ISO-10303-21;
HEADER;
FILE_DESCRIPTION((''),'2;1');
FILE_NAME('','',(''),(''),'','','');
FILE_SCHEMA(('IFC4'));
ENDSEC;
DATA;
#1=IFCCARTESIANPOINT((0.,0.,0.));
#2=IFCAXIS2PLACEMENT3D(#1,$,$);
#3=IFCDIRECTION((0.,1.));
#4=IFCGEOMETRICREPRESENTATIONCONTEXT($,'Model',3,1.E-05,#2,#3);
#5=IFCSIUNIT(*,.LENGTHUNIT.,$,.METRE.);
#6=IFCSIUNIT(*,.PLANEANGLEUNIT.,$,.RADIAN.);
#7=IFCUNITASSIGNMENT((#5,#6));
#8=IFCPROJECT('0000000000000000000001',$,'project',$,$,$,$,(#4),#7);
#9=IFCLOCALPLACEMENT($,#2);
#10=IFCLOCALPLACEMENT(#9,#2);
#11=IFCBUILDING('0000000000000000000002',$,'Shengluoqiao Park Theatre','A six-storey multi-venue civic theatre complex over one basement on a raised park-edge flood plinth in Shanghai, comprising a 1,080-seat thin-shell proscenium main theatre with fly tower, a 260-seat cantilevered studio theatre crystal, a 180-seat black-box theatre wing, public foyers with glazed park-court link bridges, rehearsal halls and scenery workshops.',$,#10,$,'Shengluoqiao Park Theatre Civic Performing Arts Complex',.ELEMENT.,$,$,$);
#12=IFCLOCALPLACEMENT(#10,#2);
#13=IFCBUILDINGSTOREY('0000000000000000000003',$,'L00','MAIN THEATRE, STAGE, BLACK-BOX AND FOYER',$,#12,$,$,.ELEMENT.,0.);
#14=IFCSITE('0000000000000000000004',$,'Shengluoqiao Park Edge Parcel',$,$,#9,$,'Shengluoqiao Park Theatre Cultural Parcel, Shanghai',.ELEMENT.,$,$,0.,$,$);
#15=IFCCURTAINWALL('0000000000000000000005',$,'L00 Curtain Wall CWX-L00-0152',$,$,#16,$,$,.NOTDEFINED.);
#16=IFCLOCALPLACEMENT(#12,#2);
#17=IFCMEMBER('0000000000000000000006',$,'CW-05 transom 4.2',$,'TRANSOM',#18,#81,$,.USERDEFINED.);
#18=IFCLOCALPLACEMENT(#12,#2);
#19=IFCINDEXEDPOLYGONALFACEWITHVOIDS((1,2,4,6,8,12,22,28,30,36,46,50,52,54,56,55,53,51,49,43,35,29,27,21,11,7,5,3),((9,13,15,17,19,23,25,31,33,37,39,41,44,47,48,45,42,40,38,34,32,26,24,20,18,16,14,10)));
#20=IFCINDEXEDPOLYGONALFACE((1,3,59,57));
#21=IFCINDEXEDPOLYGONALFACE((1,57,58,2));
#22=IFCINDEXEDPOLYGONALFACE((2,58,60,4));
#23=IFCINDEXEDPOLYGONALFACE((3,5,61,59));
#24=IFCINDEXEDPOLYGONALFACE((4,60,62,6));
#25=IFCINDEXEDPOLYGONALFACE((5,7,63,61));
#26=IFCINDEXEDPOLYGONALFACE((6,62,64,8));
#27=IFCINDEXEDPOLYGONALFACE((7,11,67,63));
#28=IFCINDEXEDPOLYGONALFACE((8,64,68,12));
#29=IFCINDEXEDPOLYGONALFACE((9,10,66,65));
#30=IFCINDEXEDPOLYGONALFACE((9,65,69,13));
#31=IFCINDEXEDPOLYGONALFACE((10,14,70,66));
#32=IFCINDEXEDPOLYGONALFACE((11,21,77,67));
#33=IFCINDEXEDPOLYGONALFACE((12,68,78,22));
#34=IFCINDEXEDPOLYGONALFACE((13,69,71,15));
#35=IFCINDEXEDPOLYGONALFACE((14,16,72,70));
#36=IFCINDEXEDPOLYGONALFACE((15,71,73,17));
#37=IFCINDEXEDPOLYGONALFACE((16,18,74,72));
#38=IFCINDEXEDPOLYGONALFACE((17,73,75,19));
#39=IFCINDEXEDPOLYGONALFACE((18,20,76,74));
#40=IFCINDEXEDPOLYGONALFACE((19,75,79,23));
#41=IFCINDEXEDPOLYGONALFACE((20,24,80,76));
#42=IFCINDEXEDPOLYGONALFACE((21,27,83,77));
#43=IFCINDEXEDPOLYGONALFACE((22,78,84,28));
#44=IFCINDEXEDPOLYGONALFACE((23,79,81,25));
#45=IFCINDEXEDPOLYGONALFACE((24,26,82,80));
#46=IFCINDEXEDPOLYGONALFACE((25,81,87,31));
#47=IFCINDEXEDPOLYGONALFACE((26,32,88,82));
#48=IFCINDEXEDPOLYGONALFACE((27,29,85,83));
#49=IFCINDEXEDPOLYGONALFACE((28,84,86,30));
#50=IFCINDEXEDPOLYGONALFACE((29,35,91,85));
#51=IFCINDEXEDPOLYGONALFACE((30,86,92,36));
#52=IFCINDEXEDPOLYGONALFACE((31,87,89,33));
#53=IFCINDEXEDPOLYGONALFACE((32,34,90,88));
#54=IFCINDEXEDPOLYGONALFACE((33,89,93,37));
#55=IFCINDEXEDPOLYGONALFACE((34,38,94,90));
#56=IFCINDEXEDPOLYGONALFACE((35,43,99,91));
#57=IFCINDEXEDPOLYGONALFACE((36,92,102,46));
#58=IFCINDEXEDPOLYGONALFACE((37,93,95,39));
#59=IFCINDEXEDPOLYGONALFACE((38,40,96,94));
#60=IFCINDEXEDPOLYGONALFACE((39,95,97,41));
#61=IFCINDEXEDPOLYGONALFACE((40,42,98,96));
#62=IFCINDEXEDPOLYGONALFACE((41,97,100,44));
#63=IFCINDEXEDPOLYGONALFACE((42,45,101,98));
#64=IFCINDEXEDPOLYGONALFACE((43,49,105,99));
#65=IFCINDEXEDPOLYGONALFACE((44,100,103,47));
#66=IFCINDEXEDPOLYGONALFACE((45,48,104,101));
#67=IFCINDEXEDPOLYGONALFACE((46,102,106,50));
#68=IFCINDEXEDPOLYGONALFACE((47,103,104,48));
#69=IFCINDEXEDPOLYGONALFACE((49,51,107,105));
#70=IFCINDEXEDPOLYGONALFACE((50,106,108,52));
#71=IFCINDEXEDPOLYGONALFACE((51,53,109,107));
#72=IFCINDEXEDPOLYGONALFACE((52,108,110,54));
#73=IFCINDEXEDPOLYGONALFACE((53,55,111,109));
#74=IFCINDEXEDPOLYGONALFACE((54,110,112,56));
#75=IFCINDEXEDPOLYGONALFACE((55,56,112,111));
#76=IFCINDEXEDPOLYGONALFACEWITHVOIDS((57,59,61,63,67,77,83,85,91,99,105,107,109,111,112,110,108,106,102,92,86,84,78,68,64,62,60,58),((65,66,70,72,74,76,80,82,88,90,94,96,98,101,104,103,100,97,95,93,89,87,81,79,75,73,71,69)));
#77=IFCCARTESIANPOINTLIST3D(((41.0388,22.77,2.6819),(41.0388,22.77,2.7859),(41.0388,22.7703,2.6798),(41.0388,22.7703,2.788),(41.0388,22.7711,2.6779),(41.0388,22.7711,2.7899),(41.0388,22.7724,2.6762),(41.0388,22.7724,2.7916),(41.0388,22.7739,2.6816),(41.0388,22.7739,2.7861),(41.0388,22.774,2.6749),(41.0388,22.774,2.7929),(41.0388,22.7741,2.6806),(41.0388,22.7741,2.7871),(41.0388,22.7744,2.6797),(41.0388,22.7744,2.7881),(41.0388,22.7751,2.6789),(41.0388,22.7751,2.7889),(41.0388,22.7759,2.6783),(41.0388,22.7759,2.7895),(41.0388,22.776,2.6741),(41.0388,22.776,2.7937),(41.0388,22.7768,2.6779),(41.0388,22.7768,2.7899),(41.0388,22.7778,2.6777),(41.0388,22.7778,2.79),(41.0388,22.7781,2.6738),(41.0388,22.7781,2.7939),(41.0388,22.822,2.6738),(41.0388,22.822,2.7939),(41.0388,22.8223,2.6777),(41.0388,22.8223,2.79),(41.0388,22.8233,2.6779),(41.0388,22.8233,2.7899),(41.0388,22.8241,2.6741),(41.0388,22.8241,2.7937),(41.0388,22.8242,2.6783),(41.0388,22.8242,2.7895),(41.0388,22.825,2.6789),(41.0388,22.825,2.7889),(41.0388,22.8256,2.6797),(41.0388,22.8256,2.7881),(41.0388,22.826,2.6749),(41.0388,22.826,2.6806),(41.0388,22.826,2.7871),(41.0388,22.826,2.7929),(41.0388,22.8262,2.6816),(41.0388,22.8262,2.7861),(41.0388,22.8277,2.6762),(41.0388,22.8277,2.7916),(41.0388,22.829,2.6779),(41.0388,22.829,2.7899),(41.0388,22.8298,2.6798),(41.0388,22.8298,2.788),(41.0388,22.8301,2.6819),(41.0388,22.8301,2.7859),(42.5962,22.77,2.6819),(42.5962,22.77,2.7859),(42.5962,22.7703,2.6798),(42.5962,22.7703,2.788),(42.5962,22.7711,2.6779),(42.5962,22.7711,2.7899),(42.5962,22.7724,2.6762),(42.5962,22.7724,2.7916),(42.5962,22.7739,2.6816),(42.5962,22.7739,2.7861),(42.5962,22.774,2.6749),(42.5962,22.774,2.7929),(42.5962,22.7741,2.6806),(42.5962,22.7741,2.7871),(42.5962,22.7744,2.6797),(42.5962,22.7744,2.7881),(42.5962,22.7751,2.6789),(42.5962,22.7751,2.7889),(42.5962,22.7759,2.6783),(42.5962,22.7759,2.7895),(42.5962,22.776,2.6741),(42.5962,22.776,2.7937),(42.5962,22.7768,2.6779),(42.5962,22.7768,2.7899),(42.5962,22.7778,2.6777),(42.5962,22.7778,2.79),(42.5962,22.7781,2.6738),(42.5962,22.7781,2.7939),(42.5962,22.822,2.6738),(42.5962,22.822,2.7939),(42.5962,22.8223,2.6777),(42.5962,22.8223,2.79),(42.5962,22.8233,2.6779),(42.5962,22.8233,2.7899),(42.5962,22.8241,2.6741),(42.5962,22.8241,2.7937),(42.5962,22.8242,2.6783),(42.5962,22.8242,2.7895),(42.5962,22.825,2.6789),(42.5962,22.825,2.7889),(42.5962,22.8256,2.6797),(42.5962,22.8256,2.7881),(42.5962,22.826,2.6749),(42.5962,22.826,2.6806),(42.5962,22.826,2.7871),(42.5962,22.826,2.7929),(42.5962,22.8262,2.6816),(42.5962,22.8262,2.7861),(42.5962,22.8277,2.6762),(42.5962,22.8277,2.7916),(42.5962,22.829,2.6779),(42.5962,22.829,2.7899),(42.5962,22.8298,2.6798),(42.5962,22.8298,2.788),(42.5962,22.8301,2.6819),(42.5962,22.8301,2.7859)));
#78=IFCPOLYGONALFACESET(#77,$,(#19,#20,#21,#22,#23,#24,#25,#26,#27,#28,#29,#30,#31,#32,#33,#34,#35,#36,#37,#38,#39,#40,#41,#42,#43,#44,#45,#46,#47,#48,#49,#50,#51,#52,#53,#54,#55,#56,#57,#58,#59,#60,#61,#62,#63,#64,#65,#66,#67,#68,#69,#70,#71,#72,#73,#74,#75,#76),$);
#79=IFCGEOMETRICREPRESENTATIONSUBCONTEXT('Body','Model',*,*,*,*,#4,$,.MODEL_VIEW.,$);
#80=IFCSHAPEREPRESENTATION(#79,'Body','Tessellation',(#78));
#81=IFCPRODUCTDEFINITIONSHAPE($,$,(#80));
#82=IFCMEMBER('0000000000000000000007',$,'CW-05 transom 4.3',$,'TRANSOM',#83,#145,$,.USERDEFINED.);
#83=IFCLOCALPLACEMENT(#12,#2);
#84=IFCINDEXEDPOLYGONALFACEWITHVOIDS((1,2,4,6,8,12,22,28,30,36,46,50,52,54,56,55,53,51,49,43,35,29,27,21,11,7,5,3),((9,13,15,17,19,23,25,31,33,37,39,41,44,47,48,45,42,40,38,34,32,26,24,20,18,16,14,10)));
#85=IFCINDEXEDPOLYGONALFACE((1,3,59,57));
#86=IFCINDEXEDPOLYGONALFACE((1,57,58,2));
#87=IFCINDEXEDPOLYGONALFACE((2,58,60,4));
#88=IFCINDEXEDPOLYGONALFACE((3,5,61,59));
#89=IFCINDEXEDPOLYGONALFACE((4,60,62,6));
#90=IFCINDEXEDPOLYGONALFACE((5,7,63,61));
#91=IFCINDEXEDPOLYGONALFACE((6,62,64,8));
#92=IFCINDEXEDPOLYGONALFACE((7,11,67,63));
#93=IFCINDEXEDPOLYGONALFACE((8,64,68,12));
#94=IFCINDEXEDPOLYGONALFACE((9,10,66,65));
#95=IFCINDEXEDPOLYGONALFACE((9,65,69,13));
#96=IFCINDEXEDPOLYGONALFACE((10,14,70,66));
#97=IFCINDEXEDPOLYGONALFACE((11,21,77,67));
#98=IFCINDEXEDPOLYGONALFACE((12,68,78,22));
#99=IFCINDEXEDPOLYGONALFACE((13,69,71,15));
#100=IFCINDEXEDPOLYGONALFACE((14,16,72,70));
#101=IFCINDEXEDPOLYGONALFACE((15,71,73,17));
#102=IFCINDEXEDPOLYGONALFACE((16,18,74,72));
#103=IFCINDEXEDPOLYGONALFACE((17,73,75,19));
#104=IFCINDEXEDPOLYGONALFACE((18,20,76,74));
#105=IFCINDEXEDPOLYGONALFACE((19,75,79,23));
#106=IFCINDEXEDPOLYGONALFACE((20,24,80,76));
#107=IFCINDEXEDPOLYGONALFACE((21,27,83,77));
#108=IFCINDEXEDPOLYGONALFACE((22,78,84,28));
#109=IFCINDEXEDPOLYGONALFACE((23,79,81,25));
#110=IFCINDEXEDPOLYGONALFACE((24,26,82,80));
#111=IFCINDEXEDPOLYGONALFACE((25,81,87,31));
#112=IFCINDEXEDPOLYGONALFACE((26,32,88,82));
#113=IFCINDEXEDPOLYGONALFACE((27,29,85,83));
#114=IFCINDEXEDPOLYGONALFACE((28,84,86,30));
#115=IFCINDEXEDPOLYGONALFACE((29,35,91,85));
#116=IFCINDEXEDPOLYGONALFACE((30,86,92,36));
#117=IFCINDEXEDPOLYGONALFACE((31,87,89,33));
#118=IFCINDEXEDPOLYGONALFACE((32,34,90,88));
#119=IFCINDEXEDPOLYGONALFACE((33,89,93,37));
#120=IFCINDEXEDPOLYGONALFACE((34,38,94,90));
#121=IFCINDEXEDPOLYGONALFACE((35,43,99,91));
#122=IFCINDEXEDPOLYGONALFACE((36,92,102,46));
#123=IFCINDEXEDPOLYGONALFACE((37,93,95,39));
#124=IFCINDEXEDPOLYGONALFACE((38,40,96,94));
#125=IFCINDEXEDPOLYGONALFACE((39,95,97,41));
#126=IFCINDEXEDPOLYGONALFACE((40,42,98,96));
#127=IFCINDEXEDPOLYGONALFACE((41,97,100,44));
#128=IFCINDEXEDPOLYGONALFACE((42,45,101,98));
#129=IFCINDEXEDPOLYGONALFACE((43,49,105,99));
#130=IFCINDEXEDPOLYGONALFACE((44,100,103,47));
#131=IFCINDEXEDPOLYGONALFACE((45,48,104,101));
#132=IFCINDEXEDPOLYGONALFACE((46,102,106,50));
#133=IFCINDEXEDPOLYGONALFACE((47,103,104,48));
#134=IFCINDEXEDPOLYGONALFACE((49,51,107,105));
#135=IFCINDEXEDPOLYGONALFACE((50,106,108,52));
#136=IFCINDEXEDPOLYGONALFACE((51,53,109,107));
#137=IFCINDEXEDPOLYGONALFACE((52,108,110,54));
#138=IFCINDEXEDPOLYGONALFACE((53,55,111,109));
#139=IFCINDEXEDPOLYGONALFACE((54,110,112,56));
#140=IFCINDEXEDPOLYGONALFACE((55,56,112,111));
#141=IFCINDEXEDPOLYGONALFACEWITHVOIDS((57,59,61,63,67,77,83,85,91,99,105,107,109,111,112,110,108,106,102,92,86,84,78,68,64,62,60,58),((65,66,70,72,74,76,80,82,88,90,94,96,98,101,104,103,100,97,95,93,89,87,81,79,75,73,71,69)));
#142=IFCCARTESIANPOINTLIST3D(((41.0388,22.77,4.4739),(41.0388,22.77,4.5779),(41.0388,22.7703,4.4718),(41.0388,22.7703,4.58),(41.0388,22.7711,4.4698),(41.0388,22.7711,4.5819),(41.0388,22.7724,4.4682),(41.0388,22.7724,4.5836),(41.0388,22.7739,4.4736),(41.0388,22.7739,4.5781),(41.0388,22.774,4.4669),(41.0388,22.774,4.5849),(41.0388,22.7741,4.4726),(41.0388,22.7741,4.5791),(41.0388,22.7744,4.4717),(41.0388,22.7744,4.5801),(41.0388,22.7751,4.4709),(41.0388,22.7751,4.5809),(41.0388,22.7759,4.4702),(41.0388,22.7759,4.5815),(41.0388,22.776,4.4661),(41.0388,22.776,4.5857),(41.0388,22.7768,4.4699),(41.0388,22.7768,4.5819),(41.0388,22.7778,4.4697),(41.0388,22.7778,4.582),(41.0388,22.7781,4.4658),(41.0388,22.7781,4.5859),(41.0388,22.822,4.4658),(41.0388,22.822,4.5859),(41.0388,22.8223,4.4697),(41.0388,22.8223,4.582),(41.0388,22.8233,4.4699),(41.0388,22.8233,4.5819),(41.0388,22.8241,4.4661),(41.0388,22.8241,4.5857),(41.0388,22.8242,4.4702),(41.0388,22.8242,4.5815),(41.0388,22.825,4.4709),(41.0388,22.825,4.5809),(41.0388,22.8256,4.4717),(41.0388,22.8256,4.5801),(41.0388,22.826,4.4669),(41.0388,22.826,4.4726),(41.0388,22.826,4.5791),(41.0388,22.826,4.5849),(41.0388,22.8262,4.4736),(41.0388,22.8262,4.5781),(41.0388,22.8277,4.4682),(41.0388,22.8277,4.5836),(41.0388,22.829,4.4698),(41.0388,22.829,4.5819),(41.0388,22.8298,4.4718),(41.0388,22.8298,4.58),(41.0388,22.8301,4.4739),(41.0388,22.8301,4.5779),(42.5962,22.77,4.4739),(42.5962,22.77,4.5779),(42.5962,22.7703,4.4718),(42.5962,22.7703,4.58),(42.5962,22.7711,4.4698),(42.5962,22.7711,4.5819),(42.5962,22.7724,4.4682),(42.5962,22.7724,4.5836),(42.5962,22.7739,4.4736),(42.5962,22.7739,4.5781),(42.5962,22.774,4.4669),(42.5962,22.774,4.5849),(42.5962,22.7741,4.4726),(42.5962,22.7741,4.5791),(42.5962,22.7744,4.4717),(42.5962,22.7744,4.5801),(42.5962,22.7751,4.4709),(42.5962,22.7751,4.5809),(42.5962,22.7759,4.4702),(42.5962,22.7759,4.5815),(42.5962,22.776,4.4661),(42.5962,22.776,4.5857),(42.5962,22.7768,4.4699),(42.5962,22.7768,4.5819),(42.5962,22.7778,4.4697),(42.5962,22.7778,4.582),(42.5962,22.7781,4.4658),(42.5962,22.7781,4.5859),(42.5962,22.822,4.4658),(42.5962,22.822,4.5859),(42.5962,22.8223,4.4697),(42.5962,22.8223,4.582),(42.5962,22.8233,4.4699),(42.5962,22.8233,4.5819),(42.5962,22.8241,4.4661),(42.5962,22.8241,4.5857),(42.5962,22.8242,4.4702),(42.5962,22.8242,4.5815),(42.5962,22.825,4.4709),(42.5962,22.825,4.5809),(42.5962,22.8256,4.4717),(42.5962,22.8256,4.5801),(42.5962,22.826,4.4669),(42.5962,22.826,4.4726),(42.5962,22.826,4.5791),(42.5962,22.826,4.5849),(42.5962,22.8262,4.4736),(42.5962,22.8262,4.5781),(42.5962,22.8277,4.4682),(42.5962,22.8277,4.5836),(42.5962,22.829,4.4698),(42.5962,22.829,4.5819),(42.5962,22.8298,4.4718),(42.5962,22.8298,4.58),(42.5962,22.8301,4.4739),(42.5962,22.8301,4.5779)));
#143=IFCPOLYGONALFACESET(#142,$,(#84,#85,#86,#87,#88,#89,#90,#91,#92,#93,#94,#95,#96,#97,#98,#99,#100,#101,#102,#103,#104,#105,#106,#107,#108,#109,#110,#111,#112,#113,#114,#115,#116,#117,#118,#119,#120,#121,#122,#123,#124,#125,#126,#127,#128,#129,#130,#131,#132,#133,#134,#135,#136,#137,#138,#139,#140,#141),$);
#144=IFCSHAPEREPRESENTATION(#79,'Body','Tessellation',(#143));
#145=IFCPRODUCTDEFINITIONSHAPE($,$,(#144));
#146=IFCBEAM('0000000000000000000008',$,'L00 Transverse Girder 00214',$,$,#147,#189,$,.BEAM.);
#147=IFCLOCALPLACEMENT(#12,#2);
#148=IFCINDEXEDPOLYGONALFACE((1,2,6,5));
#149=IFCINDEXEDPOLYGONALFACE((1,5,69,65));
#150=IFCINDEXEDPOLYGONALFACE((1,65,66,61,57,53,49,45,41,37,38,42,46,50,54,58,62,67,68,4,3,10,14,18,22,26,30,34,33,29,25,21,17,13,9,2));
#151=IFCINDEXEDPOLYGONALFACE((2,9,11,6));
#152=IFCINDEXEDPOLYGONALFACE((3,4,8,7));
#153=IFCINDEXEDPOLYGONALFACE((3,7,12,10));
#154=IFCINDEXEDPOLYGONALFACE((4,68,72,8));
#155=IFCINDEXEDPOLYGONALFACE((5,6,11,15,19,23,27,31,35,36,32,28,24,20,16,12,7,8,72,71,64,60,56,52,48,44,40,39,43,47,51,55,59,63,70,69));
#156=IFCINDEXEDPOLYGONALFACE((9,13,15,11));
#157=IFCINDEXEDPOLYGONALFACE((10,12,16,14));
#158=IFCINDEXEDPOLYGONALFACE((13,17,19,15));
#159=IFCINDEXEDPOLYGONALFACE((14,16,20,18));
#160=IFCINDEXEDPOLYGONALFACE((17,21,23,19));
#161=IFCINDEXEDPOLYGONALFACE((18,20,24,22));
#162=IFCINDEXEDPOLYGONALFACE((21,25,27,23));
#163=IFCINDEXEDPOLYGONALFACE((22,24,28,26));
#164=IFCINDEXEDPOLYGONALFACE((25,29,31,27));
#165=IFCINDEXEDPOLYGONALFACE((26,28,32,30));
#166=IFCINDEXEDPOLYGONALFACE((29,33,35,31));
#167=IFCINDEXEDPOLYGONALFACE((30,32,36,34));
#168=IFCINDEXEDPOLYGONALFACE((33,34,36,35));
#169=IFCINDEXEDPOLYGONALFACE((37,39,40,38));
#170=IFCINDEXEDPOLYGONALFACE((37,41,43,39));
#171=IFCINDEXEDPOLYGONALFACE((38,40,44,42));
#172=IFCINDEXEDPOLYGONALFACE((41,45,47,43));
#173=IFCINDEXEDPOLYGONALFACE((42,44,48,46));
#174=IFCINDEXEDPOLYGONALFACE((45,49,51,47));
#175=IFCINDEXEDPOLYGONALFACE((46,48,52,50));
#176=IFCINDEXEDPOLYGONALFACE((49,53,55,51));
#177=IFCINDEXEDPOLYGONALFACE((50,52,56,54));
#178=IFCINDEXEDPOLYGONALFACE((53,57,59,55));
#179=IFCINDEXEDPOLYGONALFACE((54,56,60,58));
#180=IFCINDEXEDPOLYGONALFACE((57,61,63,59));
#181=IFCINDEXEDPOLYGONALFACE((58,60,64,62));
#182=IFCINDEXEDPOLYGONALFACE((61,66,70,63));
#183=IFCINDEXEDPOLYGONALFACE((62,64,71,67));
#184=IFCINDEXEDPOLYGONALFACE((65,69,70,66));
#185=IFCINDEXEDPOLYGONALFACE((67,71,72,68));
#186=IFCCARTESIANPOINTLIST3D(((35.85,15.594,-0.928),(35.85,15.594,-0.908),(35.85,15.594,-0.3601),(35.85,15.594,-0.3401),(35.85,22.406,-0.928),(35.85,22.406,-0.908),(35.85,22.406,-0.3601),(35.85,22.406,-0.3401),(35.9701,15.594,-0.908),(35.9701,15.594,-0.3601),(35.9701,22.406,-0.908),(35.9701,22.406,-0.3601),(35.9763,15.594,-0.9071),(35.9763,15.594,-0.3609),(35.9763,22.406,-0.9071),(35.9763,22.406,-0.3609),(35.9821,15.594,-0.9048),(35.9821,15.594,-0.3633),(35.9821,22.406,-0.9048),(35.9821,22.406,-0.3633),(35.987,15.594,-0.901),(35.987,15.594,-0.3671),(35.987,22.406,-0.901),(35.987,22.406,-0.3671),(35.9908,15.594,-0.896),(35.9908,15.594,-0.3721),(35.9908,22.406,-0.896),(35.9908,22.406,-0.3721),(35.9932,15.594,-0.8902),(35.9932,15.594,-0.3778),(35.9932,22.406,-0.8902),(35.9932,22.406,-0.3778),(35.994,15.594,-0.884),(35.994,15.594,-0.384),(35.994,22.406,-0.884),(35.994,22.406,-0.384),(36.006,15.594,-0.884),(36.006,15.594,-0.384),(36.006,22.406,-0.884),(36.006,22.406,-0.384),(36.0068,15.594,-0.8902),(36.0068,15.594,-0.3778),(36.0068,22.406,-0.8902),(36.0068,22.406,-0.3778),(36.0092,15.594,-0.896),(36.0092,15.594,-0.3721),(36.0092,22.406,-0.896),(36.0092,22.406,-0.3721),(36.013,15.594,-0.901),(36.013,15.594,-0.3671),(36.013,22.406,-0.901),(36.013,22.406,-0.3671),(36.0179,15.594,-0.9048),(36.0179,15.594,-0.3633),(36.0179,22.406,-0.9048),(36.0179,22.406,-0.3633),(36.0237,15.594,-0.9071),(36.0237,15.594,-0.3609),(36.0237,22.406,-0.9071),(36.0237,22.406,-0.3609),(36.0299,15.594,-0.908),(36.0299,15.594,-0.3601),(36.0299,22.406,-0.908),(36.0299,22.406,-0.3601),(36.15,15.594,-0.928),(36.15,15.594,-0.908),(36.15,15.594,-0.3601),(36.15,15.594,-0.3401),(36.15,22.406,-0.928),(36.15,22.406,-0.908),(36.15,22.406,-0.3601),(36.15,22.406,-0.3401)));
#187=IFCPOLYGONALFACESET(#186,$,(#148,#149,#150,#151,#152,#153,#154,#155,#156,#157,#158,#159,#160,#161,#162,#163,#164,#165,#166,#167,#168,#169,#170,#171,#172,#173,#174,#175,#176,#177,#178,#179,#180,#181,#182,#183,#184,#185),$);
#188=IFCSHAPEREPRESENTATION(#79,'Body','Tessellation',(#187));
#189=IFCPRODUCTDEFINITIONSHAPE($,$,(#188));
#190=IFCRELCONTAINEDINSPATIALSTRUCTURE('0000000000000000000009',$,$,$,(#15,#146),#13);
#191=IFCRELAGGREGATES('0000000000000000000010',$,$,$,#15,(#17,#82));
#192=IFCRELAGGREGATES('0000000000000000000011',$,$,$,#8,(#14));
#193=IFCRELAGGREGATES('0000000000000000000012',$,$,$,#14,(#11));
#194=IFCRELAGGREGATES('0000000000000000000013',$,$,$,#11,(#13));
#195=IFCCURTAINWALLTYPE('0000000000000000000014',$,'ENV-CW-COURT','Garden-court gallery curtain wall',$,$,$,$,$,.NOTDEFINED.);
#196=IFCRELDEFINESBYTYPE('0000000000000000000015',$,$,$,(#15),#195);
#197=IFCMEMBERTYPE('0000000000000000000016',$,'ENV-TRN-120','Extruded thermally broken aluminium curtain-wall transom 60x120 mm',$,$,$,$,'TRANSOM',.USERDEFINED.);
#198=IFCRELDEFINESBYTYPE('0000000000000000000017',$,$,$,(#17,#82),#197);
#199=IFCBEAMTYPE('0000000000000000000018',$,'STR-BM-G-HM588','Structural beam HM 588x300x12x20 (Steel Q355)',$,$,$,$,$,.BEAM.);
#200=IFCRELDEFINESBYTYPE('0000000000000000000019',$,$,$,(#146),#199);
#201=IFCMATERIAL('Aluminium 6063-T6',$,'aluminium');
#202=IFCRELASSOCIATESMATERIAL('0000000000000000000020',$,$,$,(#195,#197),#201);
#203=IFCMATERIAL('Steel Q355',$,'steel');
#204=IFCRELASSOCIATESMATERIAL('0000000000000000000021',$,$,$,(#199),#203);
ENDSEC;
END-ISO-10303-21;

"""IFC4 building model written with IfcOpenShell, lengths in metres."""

from ifc_helpers import new_model, si_unit, direction, frame, origin, origin_2d, place, context, subcontext, project, spatial, hollow_rectangle, i_section, extrude, material, material_profile, profile_set, type_object, element, aggregate, save


model = new_model("IFC4")

# Units and contexts
model_context = context("Model", 3, precision=1e-05, world=origin(), true_north=direction((0.0, 1.0)))
body_context = subcontext(model_context, "Body", "Model", "MODEL_VIEW")
ifc_project = project(units=[si_unit("LENGTHUNIT", "METRE"), si_unit("PLANEANGLEUNIT", "RADIAN")], contexts=[model_context])

# Site, building, storey
site_placement = place(None, origin())
site = spatial("IfcSite", under=ifc_project, at=site_placement, Name="Shengluoqiao Park Edge Parcel", LongName="Shengluoqiao Park Theatre Cultural Parcel, Shanghai", CompositionType="ELEMENT", RefElevation=0.0)
building_placement = place(site_placement, origin())
building = spatial("IfcBuilding", under=site, at=building_placement, Name="Shengluoqiao Park Theatre", Description="A six-storey multi-venue civic theatre complex over one basement on a raised park-edge flood plinth in Shanghai, comprising a 1,080-seat thin-shell proscenium main theatre with fly tower, a 260-seat cantilevered studio theatre crystal, a 180-seat black-box theatre wing, public foyers with glazed park-court link bridges, rehearsal halls and scenery workshops.", LongName="Shengluoqiao Park Theatre Civic Performing Arts Complex", CompositionType="ELEMENT")
storey_placement = place(building_placement, origin())
storey = spatial("IfcBuildingStorey", under=building, at=storey_placement, Name="L00", Description="MAIN THEATRE, STAGE, BLACK-BOX AND FOYER", CompositionType="ELEMENT", Elevation=0.0)

# Shared definitions
ifc_material_1 = material(Name="Steel Q355", Category="steel")

# Curtain wall
ifc_material_2 = material(Name="Aluminium 6063-T6", Category="aluminium")
curtain_wall_type = type_object("IfcCurtainWallType", Name="ENV-CW-COURT", Description="Garden-court gallery curtain wall", PredefinedType="NOTDEFINED", material=ifc_material_2)
curtain_wall_1_placement = place(storey_placement, origin())
curtain_wall_1 = element("IfcCurtainWall", 1, at=curtain_wall_1_placement, inside=storey, type_object=curtain_wall_type, Name="L00 Curtain Wall CWX-L00-0152", PredefinedType="NOTDEFINED")

# Shared definitions
ifc_material_profile_1 = material_profile(ifc_material_2, hollow_rectangle(XDim=0.0601, YDim=0.1201, WallThickness=0.0039, InnerFilletRadius=0.0039, OuterFilletRadius=0.0081, at=origin_2d()), Name="ALU TRANSOM 120x60x4")
ifc_profile_set_1 = profile_set([ifc_material_profile_1], Name="Aluminium 6063-T6")
member_type_1 = type_object("IfcMemberType", Name="ENV-TRN-120", Description="Extruded thermally broken aluminium curtain-wall transom 60x120 mm", ElementType="TRANSOM", PredefinedType="USERDEFINED", material=ifc_profile_set_1)

# Members
member_1_placement = place(storey_placement, frame((41.0388, 22.8, 2.7339), z_axis=(1.0, 0.0, 0.0), x_axis=(0.0, 1.0, 0.0)))
member_1 = element("IfcMember", 2, at=member_1_placement, type_object=member_type_1, Name="CW-05 transom 4.2", ObjectType="TRANSOM", PredefinedType="USERDEFINED", context=body_context, shape_type="SweptSolid", body=[
    extrude(hollow_rectangle(XDim=0.0601, YDim=0.1201, WallThickness=0.0039, InnerFilletRadius=0.0039, OuterFilletRadius=0.0081, at=origin_2d()), origin(), (0.0, 0.0, 1.0), 1.5574),
])
member_2_placement = place(storey_placement, frame((41.0388, 22.8, 4.5259), z_axis=(1.0, 0.0, 0.0), x_axis=(0.0, 1.0, 0.0)))
member_2 = element("IfcMember", 3, at=member_2_placement, type_object=member_type_1, Name="CW-05 transom 4.3", ObjectType="TRANSOM", PredefinedType="USERDEFINED", context=body_context, shape_type="SweptSolid", body=[
    extrude(hollow_rectangle(XDim=0.0601, YDim=0.1201, WallThickness=0.0039, InnerFilletRadius=0.0039, OuterFilletRadius=0.0081, at=origin_2d()), origin(), (0.0, 0.0, 1.0), 1.5574),
])

# Beam
ifc_material_profile_2 = material_profile(ifc_material_1, i_section(OverallWidth=0.3, OverallDepth=0.5879, WebThickness=0.012, FlangeThickness=0.02, FilletRadius=0.0239, at=origin_2d()), Name="HM 588x300x12x20")
ifc_profile_set_2 = profile_set([ifc_material_profile_2], Name="Steel Q355")
beam_type_1 = type_object("IfcBeamType", Name="STR-BM-G-HM588", Description="Structural beam HM 588x300x12x20 (Steel Q355)", PredefinedType="BEAM", material=ifc_profile_set_2)
beam_1_placement = place(storey_placement, frame((36.0, 15.594, -0.634), z_axis=(0.0, 1.0, 0.0), x_axis=(-1.0, 0.0, 0.0)))
element("IfcBeam", 4, at=beam_1_placement, inside=storey, type_object=beam_type_1, Name="L00 Transverse Girder 00214", PredefinedType="BEAM", context=body_context, shape_type="SweptSolid", body=[
    extrude(i_section(OverallWidth=0.3, OverallDepth=0.5879, WebThickness=0.012, FlangeThickness=0.02, FilletRadius=0.0239, at=origin_2d()), origin(), (0.0, 0.0, 1.0), 6.812),
])

aggregate(curtain_wall_1, [member_1, member_2])

save(model, "model.ifc")
